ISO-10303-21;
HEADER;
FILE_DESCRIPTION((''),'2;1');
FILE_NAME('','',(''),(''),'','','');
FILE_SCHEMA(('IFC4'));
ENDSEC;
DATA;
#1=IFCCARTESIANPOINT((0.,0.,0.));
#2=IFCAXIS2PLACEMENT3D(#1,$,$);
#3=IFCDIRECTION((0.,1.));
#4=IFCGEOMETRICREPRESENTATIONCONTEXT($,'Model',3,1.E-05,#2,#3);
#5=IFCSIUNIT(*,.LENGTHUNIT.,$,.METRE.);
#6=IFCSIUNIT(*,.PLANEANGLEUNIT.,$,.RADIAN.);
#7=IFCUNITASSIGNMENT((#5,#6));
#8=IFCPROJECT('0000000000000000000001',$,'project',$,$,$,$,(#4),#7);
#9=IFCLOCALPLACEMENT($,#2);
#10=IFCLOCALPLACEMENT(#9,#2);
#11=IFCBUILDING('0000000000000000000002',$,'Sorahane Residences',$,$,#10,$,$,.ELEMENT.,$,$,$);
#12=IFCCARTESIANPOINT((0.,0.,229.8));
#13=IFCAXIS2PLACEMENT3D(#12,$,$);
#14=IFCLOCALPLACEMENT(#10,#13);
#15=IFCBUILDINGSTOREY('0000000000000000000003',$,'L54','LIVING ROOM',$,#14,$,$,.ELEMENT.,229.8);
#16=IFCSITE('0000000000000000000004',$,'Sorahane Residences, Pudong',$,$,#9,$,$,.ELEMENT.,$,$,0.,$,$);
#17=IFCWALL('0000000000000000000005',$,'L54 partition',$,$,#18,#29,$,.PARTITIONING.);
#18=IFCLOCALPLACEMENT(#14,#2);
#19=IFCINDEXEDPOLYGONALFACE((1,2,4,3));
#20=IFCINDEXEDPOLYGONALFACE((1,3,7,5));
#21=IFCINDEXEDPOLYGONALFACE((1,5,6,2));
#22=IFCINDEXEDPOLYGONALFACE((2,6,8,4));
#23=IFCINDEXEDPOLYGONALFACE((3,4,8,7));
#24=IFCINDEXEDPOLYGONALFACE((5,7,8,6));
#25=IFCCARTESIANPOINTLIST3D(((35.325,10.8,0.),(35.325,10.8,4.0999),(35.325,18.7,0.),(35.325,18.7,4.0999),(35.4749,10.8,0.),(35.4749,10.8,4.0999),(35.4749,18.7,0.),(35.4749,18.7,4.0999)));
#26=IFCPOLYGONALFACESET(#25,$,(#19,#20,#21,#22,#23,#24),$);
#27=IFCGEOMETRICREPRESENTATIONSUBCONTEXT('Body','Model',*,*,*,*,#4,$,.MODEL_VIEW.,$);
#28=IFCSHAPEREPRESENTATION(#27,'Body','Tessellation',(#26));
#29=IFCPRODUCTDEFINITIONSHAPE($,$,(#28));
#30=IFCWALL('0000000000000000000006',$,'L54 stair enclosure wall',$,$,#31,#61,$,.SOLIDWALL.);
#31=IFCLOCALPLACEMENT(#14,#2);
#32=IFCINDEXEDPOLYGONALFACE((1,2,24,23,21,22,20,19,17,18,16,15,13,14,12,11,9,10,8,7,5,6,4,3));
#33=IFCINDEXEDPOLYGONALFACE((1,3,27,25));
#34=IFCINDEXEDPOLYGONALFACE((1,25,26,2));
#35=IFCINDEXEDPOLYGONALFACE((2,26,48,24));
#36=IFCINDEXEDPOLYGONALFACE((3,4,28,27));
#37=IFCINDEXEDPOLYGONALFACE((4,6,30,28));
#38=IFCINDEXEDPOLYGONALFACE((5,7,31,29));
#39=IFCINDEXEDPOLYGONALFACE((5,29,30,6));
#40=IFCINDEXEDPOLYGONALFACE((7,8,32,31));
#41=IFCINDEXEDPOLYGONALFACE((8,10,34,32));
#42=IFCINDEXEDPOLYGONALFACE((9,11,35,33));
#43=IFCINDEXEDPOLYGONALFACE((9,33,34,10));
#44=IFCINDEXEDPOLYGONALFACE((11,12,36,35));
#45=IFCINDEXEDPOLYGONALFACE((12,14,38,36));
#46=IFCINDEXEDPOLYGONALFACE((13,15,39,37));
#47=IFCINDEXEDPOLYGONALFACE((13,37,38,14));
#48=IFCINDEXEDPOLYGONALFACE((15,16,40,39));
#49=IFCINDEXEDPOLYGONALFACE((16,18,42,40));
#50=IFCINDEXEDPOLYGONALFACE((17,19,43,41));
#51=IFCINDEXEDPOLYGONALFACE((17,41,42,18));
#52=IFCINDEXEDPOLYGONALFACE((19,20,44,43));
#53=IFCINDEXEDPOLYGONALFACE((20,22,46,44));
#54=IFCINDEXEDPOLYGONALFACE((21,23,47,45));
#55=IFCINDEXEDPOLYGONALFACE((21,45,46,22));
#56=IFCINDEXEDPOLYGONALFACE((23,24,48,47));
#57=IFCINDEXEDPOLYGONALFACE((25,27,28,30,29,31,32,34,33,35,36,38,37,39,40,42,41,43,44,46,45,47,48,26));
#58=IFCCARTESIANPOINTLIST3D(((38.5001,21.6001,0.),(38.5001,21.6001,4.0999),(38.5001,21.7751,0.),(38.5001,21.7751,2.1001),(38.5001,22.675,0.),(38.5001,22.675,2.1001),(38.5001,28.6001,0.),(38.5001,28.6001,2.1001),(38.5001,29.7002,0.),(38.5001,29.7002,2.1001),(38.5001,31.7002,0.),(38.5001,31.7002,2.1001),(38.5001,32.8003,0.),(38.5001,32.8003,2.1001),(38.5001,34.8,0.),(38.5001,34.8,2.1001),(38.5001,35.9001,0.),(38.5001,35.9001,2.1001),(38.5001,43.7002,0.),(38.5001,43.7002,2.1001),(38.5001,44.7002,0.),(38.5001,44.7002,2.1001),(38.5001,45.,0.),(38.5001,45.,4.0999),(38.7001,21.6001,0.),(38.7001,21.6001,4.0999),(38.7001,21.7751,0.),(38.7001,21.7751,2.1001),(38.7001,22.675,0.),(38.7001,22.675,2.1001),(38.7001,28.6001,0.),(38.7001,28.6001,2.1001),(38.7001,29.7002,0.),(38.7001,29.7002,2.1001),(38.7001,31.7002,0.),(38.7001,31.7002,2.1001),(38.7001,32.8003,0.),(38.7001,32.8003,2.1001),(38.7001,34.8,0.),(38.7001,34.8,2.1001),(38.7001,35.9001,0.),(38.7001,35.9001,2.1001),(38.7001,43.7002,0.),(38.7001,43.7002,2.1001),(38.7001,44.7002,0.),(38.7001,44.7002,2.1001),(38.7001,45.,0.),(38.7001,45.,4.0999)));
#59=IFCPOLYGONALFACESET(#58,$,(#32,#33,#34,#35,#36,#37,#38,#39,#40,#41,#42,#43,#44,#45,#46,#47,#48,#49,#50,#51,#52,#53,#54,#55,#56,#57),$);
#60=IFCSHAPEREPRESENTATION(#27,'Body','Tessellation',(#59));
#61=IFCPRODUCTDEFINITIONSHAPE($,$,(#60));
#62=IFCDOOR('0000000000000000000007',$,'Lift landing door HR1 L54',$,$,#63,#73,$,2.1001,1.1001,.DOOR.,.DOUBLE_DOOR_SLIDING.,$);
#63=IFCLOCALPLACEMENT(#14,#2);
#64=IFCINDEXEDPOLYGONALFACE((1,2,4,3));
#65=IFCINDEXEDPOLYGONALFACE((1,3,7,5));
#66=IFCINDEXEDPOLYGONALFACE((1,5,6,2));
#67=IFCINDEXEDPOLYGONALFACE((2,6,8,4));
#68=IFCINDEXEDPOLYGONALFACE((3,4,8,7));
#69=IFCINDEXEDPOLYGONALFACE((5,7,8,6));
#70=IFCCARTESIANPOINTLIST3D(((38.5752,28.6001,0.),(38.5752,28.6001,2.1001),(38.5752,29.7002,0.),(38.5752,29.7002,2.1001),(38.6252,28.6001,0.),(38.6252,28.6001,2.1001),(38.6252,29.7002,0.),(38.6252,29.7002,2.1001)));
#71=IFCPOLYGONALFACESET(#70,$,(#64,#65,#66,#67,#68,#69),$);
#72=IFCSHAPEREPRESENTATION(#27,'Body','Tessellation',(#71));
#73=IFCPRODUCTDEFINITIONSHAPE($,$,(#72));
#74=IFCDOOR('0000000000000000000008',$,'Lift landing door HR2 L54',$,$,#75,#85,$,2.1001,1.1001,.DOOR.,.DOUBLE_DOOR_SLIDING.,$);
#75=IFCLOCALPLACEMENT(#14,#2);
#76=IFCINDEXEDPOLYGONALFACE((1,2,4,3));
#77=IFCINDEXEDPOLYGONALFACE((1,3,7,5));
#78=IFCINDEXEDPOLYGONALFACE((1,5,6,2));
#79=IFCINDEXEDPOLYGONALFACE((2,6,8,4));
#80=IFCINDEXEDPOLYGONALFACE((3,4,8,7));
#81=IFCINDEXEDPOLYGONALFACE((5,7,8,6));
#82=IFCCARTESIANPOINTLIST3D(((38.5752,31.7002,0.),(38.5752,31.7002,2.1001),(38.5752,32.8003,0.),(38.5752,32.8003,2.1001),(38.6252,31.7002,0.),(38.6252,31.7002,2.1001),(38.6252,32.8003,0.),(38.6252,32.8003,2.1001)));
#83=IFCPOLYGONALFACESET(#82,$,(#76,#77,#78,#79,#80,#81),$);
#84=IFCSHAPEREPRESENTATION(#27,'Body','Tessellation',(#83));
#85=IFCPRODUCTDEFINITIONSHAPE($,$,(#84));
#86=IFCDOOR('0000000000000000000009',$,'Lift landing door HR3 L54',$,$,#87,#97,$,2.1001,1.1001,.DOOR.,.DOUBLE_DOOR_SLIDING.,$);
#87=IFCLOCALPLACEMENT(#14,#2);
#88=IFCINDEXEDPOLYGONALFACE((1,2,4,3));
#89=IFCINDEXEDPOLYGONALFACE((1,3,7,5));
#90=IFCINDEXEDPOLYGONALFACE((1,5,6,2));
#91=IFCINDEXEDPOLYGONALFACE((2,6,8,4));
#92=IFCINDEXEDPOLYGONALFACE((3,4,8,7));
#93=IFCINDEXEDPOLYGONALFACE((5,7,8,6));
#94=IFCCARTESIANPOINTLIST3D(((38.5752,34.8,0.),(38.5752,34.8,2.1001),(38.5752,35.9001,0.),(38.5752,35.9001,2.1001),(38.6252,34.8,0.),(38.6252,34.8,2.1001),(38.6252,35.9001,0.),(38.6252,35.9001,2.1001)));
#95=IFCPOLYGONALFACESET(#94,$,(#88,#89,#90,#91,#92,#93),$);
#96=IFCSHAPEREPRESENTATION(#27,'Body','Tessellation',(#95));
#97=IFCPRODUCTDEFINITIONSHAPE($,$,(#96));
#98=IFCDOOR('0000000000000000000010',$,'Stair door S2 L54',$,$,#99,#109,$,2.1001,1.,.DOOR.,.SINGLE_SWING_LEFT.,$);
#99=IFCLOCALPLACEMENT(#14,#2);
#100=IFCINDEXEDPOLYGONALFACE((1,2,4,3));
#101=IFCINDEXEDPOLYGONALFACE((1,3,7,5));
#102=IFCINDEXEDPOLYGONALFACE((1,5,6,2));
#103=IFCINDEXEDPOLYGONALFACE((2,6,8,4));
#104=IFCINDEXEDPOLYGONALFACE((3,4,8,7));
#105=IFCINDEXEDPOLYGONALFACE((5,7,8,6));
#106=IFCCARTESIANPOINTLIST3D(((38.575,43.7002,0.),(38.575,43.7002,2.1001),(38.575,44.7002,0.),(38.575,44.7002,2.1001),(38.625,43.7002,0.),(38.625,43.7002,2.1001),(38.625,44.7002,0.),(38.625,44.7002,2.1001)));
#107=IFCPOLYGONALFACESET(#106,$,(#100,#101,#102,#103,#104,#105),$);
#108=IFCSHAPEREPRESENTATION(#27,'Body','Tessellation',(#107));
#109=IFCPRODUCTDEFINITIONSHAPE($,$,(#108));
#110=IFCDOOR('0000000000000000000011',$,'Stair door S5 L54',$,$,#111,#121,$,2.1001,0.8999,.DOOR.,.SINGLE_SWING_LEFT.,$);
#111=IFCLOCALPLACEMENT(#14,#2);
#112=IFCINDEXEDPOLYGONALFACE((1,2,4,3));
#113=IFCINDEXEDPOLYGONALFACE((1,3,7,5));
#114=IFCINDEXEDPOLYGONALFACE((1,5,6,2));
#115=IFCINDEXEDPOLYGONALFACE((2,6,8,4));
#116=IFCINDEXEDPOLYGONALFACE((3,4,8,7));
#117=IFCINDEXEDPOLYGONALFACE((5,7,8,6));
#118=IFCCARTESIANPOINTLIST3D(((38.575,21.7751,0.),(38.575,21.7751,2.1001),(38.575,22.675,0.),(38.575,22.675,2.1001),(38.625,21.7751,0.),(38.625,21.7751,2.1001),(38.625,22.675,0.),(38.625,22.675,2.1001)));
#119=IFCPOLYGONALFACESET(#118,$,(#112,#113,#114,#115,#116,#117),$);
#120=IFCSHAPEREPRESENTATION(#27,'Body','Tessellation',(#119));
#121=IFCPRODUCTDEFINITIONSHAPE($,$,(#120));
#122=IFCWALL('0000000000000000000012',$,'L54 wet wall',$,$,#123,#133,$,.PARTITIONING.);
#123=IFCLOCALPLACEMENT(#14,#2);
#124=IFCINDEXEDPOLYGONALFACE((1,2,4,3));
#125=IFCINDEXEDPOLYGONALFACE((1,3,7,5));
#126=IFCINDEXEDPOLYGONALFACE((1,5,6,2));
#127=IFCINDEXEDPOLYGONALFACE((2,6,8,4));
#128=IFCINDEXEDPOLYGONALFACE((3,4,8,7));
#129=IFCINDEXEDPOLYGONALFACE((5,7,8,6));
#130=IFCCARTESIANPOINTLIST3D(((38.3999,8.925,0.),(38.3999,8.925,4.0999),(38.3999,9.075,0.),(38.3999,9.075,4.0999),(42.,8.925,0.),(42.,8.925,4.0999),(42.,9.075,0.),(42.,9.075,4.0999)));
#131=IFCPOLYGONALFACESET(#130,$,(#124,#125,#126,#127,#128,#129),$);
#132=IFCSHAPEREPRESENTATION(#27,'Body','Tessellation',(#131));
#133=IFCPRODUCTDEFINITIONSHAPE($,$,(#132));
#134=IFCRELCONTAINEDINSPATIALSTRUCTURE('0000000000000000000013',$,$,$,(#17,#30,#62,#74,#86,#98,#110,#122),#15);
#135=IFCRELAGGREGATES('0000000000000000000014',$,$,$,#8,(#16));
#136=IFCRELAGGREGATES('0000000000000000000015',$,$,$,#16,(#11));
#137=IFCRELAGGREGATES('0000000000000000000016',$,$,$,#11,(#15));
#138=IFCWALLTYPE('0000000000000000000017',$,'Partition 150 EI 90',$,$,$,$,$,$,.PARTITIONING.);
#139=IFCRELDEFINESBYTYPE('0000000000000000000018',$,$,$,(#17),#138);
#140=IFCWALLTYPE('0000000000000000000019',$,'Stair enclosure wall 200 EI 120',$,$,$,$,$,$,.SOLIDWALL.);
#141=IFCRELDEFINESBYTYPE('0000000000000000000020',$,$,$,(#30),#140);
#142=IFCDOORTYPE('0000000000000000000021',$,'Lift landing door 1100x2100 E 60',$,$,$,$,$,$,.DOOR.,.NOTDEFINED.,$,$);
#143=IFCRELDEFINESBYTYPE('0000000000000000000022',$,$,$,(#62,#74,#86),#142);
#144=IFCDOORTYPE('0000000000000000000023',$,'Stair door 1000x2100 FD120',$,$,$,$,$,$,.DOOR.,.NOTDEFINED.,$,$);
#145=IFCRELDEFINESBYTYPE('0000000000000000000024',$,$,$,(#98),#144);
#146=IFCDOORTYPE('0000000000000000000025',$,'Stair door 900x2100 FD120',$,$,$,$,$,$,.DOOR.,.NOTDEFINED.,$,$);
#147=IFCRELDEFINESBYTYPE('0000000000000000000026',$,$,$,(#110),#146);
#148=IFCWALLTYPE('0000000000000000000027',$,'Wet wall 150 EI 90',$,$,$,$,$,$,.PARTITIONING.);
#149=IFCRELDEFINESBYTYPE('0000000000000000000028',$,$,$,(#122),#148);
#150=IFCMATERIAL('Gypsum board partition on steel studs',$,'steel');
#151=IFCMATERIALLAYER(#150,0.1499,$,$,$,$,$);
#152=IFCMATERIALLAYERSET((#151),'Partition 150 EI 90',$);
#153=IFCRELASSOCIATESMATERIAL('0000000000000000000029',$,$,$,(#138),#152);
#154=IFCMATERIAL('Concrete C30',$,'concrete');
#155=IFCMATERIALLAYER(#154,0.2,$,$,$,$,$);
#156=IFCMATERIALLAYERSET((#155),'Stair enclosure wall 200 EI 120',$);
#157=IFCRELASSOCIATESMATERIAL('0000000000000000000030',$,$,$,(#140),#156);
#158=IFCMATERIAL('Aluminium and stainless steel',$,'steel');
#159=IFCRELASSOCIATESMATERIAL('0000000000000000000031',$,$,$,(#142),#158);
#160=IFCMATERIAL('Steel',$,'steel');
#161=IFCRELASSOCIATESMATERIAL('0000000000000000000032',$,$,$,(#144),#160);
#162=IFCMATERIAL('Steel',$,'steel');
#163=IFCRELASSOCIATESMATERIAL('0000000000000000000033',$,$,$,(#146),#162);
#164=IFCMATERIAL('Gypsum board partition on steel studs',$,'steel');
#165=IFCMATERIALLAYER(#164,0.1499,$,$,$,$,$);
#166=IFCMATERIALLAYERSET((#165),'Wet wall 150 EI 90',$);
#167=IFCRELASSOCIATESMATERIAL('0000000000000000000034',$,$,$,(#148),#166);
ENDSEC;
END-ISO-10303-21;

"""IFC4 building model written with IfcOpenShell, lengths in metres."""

from ifc_helpers import new_model, si_unit, direction, frame, frame_2d, origin, place, context, subcontext, project, spatial, rectangle, extrude, material, layer, layer_set, type_object, element, fill, save


model = new_model("IFC4")

# Units and contexts
model_context = context("Model", 3, precision=1e-05, world=origin(), true_north=direction((0.0, 1.0)))
body_context = subcontext(model_context, "Body", "Model", "MODEL_VIEW")
ifc_project = project(units=[si_unit("LENGTHUNIT", "METRE"), si_unit("PLANEANGLEUNIT", "RADIAN")], contexts=[model_context])

# Site, building, storey
site_placement = place(None, origin())
site = spatial("IfcSite", under=ifc_project, at=site_placement, Name="Sorahane Residences, Pudong", CompositionType="ELEMENT", RefElevation=0.0)
building_placement = place(site_placement, origin())
building = spatial("IfcBuilding", under=site, at=building_placement, Name="Sorahane Residences", CompositionType="ELEMENT")
storey_placement = place(building_placement, frame((0.0, 0.0, 229.8)))
storey = spatial("IfcBuildingStorey", under=building, at=storey_placement, Name="L54", Description="LIVING ROOM", CompositionType="ELEMENT", Elevation=229.8)

# Wall
ifc_material_1 = material(Name="Gypsum board partition on steel studs", Category="steel")
ifc_layer_1 = layer(ifc_material_1, 0.1499)
ifc_layer_set_1 = layer_set([ifc_layer_1], Name="Partition 150 EI 90")
wall_type_1 = type_object("IfcWallType", Name="Partition 150 EI 90", PredefinedType="PARTITIONING", material=ifc_layer_set_1)
wall_1_placement = place(storey_placement, frame((35.3999, 10.8, 0.0), z_axis=(0.0, 0.0, 1.0), x_axis=(0.0, 1.0, 0.0)))
element("IfcWall", 1, at=wall_1_placement, inside=storey, type_object=wall_type_1, Name="L54 partition", PredefinedType="PARTITIONING", context=body_context, shape_type="SweptSolid", body=[
    extrude(rectangle(XDim=7.8999, YDim=0.1499, at=frame_2d((3.95, 0.0))), origin(), (0.0, 0.0, 1.0), 4.0999),
])

# Wall, openings, doors
ifc_material_2 = material(Name="Concrete C30", Category="concrete")
ifc_layer_2 = layer(ifc_material_2, 0.2)
ifc_layer_set_2 = layer_set([ifc_layer_2], Name="Stair enclosure wall 200 EI 120")
wall_type_2 = type_object("IfcWallType", Name="Stair enclosure wall 200 EI 120", PredefinedType="SOLIDWALL", material=ifc_layer_set_2)
wall_2_placement = place(storey_placement, frame((38.6001, 21.6001, 0.0), z_axis=(0.0, 0.0, 1.0), x_axis=(0.0, 1.0, 0.0)))
wall_2 = element("IfcWall", 2, at=wall_2_placement, inside=storey, type_object=wall_type_2, Name="L54 stair enclosure wall", PredefinedType="SOLIDWALL", context=body_context, shape_type="SweptSolid", body=[
    extrude(rectangle(XDim=23.3999, YDim=0.2, at=frame_2d((11.7, 0.0))), origin(), (0.0, 0.0, 1.0), 4.0999),
])
opening_1_placement = place(wall_2_placement, frame((7.0, 0.0, 0.0)))
opening_1 = element("IfcOpeningElement", 3, at=opening_1_placement, cuts=wall_2, PredefinedType="OPENING", context=body_context, shape_type="SweptSolid", body=[
    extrude(rectangle(XDim=1.1001, YDim=2.1001, at=frame_2d((0.55, 1.05))), frame((0.0, 0.1099, 0.0), z_axis=(0.0, -1.0, 0.0), x_axis=(1.0, 0.0, 0.0)), (0.0, 0.0, 1.0), 0.22),
])
opening_2_placement = place(wall_2_placement, frame((10.1001, 0.0, 0.0)))
opening_2 = element("IfcOpeningElement", 4, at=opening_2_placement, cuts=wall_2, PredefinedType="OPENING", context=body_context, shape_type="SweptSolid", body=[
    extrude(rectangle(XDim=1.1001, YDim=2.1001, at=frame_2d((0.55, 1.05))), frame((0.0, 0.1099, 0.0), z_axis=(0.0, -1.0, 0.0), x_axis=(1.0, 0.0, 0.0)), (0.0, 0.0, 1.0), 0.22),
])
opening_3_placement = place(wall_2_placement, frame((13.2, 0.0, 0.0)))
opening_3 = element("IfcOpeningElement", 5, at=opening_3_placement, cuts=wall_2, PredefinedType="OPENING", context=body_context, shape_type="SweptSolid", body=[
    extrude(rectangle(XDim=1.1001, YDim=2.1001, at=frame_2d((0.55, 1.05))), frame((0.0, 0.1099, 0.0), z_axis=(0.0, -1.0, 0.0), x_axis=(1.0, 0.0, 0.0)), (0.0, 0.0, 1.0), 0.22),
])
opening_4_placement = place(wall_2_placement, frame((22.1001, 0.0, 0.0)))
opening_4 = element("IfcOpeningElement", 6, at=opening_4_placement, cuts=wall_2, PredefinedType="OPENING", context=body_context, shape_type="SweptSolid", body=[
    extrude(rectangle(XDim=1.0, YDim=2.1001, at=frame_2d((0.5, 1.05))), frame((0.0, 0.1099, 0.0), z_axis=(0.0, -1.0, 0.0), x_axis=(1.0, 0.0, 0.0)), (0.0, 0.0, 1.0), 0.22),
])
opening_5_placement = place(wall_2_placement, frame((0.175, 0.0, 0.0)))
opening_5 = element("IfcOpeningElement", 7, at=opening_5_placement, cuts=wall_2, PredefinedType="OPENING", context=body_context, shape_type="SweptSolid", body=[
    extrude(rectangle(XDim=0.8999, YDim=2.1001, at=frame_2d((0.45, 1.05))), frame((0.0, 0.1099, 0.0), z_axis=(0.0, -1.0, 0.0), x_axis=(1.0, 0.0, 0.0)), (0.0, 0.0, 1.0), 0.22),
])
ifc_material_3 = material(Name="Aluminium and stainless steel", Category="steel")
door_type_1 = type_object("IfcDoorType", Name="Lift landing door 1100x2100 E 60", OperationType="NOTDEFINED", PredefinedType="DOOR", material=ifc_material_3)
door_1_placement = place(opening_1_placement, origin())
door_1 = element("IfcDoor", 8, at=door_1_placement, inside=storey, type_object=door_type_1, Name="Lift landing door HR1 L54", OperationType="DOUBLE_DOOR_SLIDING", OverallHeight=2.1001, OverallWidth=1.1001, PredefinedType="DOOR", context=body_context, shape_type="SweptSolid", body=[
    extrude(rectangle(XDim=1.1001, YDim=2.1001, at=frame_2d((0.55, 1.05))), frame((0.0, 0.0249, 0.0), z_axis=(0.0, -1.0, 0.0), x_axis=(1.0, 0.0, 0.0)), (0.0, 0.0, 1.0), 0.05),
])
fill(opening_1, door_1)
door_2_placement = place(opening_2_placement, origin())
door_2 = element("IfcDoor", 9, at=door_2_placement, inside=storey, type_object=door_type_1, Name="Lift landing door HR2 L54", OperationType="DOUBLE_DOOR_SLIDING", OverallHeight=2.1001, OverallWidth=1.1001, PredefinedType="DOOR", context=body_context, shape_type="SweptSolid", body=[
    extrude(rectangle(XDim=1.1001, YDim=2.1001, at=frame_2d((0.55, 1.05))), frame((0.0, 0.0249, 0.0), z_axis=(0.0, -1.0, 0.0), x_axis=(1.0, 0.0, 0.0)), (0.0, 0.0, 1.0), 0.05),
])
fill(opening_2, door_2)
door_3_placement = place(opening_3_placement, origin())
door_3 = element("IfcDoor", 10, at=door_3_placement, inside=storey, type_object=door_type_1, Name="Lift landing door HR3 L54", OperationType="DOUBLE_DOOR_SLIDING", OverallHeight=2.1001, OverallWidth=1.1001, PredefinedType="DOOR", context=body_context, shape_type="SweptSolid", body=[
    extrude(rectangle(XDim=1.1001, YDim=2.1001, at=frame_2d((0.55, 1.05))), frame((0.0, 0.0249, 0.0), z_axis=(0.0, -1.0, 0.0), x_axis=(1.0, 0.0, 0.0)), (0.0, 0.0, 1.0), 0.05),
])
fill(opening_3, door_3)
ifc_material_4 = material(Name="Steel", Category="steel")
door_type_2 = type_object("IfcDoorType", Name="Stair door 1000x2100 FD120", OperationType="NOTDEFINED", PredefinedType="DOOR", material=ifc_material_4)
door_4_placement = place(opening_4_placement, frame((1.0, 0.0, 0.0), z_axis=(0.0, 0.0, 1.0), x_axis=(-1.0, 0.0, 0.0)))
door_4 = element("IfcDoor", 11, at=door_4_placement, inside=storey, type_object=door_type_2, Name="Stair door S2 L54", OperationType="SINGLE_SWING_LEFT", OverallHeight=2.1001, OverallWidth=1.0, PredefinedType="DOOR", context=body_context, shape_type="SweptSolid", body=[
    extrude(rectangle(XDim=1.0, YDim=2.1001, at=frame_2d((0.5, 1.05))), frame((0.0, 0.0249, 0.0), z_axis=(0.0, -1.0, 0.0), x_axis=(1.0, 0.0, 0.0)), (0.0, 0.0, 1.0), 0.05),
])
fill(opening_4, door_4)
ifc_material_5 = material(Name="Steel", Category="steel")
door_type_3 = type_object("IfcDoorType", Name="Stair door 900x2100 FD120", OperationType="NOTDEFINED", PredefinedType="DOOR", material=ifc_material_5)
door_5_placement = place(opening_5_placement, frame((0.8999, 0.0, 0.0), z_axis=(0.0, 0.0, 1.0), x_axis=(-1.0, 0.0, 0.0)))
door_5 = element("IfcDoor", 12, at=door_5_placement, inside=storey, type_object=door_type_3, Name="Stair door S5 L54", OperationType="SINGLE_SWING_LEFT", OverallHeight=2.1001, OverallWidth=0.8999, PredefinedType="DOOR", context=body_context, shape_type="SweptSolid", body=[
    extrude(rectangle(XDim=0.8999, YDim=2.1001, at=frame_2d((0.45, 1.05))), frame((0.0, 0.0249, 0.0), z_axis=(0.0, -1.0, 0.0), x_axis=(1.0, 0.0, 0.0)), (0.0, 0.0, 1.0), 0.05),
])
fill(opening_5, door_5)

# Wall
ifc_material_6 = material(Name="Gypsum board partition on steel studs", Category="steel")
ifc_layer_3 = layer(ifc_material_6, 0.1499)
ifc_layer_set_3 = layer_set([ifc_layer_3], Name="Wet wall 150 EI 90")
wall_type_3 = type_object("IfcWallType", Name="Wet wall 150 EI 90", PredefinedType="PARTITIONING", material=ifc_layer_set_3)
wall_3_placement = place(storey_placement, frame((38.3999, 9.0, 0.0), z_axis=(0.0, 0.0, 1.0), x_axis=(1.0, 0.0, 0.0)))
element("IfcWall", 13, at=wall_3_placement, inside=storey, type_object=wall_type_3, Name="L54 wet wall", PredefinedType="PARTITIONING", context=body_context, shape_type="SweptSolid", body=[
    extrude(rectangle(XDim=3.6001, YDim=0.1499, at=frame_2d((1.8, 0.0))), origin(), (0.0, 0.0, 1.0), 4.0999),
])

save(model, "model.ifc")
